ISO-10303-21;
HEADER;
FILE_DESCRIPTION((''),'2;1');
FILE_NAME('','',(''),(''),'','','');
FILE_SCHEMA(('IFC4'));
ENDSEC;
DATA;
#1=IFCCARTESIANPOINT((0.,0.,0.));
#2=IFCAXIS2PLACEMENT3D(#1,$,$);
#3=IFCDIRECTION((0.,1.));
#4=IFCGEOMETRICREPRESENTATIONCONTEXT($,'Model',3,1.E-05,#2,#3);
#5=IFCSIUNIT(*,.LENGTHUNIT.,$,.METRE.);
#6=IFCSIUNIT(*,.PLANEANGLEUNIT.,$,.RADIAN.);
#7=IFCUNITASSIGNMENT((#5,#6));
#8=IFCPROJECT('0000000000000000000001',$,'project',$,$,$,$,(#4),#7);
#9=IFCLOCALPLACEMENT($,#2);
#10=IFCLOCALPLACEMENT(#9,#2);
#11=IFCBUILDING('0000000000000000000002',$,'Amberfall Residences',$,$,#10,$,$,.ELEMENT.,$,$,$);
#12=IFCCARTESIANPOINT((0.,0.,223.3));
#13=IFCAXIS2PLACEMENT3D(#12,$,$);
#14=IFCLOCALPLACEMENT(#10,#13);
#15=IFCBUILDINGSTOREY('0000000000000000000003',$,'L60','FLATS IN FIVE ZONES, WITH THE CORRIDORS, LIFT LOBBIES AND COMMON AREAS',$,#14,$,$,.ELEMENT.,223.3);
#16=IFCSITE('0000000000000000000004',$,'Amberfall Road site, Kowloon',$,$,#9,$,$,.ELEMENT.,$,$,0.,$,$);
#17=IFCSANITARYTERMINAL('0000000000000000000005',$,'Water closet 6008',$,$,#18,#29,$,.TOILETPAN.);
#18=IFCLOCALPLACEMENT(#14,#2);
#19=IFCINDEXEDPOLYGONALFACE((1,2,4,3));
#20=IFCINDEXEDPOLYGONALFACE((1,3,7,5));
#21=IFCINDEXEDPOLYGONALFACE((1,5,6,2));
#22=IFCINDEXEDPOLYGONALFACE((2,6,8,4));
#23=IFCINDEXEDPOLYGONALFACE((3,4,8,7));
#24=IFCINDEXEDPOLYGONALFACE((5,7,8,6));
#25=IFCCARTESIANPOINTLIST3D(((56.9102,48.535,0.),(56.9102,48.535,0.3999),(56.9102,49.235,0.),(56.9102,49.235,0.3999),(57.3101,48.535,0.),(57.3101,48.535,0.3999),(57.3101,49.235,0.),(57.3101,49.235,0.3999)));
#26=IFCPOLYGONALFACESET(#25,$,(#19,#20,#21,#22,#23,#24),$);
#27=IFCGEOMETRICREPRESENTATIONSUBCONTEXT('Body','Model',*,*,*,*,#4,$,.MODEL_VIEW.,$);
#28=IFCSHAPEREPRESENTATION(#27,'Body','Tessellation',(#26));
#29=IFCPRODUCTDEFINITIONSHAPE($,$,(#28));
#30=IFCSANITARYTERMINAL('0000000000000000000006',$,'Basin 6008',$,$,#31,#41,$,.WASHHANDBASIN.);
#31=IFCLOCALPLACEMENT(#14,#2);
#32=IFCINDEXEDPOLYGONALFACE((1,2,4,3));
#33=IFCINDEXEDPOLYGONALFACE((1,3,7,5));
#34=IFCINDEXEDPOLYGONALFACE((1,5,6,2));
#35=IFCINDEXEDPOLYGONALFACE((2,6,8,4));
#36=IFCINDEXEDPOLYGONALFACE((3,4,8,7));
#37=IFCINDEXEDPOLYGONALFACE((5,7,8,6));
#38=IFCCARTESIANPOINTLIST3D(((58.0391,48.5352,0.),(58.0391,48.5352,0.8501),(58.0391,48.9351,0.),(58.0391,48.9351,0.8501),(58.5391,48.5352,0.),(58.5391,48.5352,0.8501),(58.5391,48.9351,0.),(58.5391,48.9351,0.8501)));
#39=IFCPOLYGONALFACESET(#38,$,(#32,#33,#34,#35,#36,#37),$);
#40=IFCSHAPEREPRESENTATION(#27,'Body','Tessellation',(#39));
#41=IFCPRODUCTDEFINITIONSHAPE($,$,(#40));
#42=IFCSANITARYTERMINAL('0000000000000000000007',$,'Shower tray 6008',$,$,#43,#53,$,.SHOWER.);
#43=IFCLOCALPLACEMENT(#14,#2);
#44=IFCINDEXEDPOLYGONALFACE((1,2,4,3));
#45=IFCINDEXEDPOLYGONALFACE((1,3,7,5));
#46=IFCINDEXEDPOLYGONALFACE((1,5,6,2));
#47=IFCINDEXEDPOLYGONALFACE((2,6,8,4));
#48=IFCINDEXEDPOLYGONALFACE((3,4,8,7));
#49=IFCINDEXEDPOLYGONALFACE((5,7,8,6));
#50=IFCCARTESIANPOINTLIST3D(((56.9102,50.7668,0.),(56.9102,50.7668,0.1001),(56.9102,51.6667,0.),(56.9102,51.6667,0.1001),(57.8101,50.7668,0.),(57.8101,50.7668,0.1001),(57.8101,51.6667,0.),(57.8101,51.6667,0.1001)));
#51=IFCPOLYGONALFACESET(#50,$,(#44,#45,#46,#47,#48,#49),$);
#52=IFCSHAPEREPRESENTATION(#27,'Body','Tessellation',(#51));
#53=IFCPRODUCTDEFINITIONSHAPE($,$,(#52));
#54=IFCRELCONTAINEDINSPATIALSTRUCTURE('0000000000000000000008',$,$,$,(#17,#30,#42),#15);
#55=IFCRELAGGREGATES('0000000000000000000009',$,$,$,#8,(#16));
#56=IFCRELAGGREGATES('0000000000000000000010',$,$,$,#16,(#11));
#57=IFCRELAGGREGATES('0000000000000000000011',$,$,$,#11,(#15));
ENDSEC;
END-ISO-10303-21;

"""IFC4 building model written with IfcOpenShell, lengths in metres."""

from ifc_helpers import new_model, si_unit, direction, frame, origin, origin_2d, place, context, subcontext, project, spatial, rectangle, extrude, element, save


model = new_model("IFC4")

# Units and contexts
model_context = context("Model", 3, precision=1e-05, world=origin(), true_north=direction((0.0, 1.0)))
body_context = subcontext(model_context, "Body", "Model", "MODEL_VIEW")
ifc_project = project(units=[si_unit("LENGTHUNIT", "METRE"), si_unit("PLANEANGLEUNIT", "RADIAN")], contexts=[model_context])

# Site, building, storey
site_placement = place(None, origin())
site = spatial("IfcSite", under=ifc_project, at=site_placement, Name="Amberfall Road site, Kowloon", CompositionType="ELEMENT", RefElevation=0.0)
building_placement = place(site_placement, origin())
building = spatial("IfcBuilding", under=site, at=building_placement, Name="Amberfall Residences", CompositionType="ELEMENT")
storey_placement = place(building_placement, frame((0.0, 0.0, 223.3)))
storey = spatial("IfcBuildingStorey", under=building, at=storey_placement, Name="L60", Description="FLATS IN FIVE ZONES, WITH THE CORRIDORS, LIFT LOBBIES AND COMMON AREAS", CompositionType="ELEMENT", Elevation=223.3)

# Sanitary terminals
sanitary_terminal_1_placement = place(storey_placement, frame((57.1101, 48.885, 0.0), z_axis=(0.0, 0.0, 1.0), x_axis=(1.0, 0.0, 0.0)))
element("IfcSanitaryTerminal", 1, at=sanitary_terminal_1_placement, inside=storey, Name="Water closet 6008", PredefinedType="TOILETPAN", context=body_context, shape_type="SweptSolid", body=[
    extrude(rectangle(XDim=0.3999, YDim=0.7, at=origin_2d()), origin(), (0.0, 0.0, 1.0), 0.3999),
])
sanitary_terminal_2_placement = place(storey_placement, frame((58.2891, 48.7351, 0.0), z_axis=(0.0, 0.0, 1.0), x_axis=(1.0, 0.0, 0.0)))
element("IfcSanitaryTerminal", 2, at=sanitary_terminal_2_placement, inside=storey, Name="Basin 6008", PredefinedType="WASHHANDBASIN", context=body_context, shape_type="SweptSolid", body=[
    extrude(rectangle(XDim=0.5, YDim=0.3999, at=origin_2d()), origin(), (0.0, 0.0, 1.0), 0.8501),
])
sanitary_terminal_3_placement = place(storey_placement, frame((57.3601, 51.2168, 0.0), z_axis=(0.0, 0.0, 1.0), x_axis=(1.0, 0.0, 0.0)))
element("IfcSanitaryTerminal", 3, at=sanitary_terminal_3_placement, inside=storey, Name="Shower tray 6008", PredefinedType="SHOWER", context=body_context, shape_type="SweptSolid", body=[
    extrude(rectangle(XDim=0.8999, YDim=0.8999, at=origin_2d()), origin(), (0.0, 0.0, 1.0), 0.1001),
])

save(model, "model.ifc")
